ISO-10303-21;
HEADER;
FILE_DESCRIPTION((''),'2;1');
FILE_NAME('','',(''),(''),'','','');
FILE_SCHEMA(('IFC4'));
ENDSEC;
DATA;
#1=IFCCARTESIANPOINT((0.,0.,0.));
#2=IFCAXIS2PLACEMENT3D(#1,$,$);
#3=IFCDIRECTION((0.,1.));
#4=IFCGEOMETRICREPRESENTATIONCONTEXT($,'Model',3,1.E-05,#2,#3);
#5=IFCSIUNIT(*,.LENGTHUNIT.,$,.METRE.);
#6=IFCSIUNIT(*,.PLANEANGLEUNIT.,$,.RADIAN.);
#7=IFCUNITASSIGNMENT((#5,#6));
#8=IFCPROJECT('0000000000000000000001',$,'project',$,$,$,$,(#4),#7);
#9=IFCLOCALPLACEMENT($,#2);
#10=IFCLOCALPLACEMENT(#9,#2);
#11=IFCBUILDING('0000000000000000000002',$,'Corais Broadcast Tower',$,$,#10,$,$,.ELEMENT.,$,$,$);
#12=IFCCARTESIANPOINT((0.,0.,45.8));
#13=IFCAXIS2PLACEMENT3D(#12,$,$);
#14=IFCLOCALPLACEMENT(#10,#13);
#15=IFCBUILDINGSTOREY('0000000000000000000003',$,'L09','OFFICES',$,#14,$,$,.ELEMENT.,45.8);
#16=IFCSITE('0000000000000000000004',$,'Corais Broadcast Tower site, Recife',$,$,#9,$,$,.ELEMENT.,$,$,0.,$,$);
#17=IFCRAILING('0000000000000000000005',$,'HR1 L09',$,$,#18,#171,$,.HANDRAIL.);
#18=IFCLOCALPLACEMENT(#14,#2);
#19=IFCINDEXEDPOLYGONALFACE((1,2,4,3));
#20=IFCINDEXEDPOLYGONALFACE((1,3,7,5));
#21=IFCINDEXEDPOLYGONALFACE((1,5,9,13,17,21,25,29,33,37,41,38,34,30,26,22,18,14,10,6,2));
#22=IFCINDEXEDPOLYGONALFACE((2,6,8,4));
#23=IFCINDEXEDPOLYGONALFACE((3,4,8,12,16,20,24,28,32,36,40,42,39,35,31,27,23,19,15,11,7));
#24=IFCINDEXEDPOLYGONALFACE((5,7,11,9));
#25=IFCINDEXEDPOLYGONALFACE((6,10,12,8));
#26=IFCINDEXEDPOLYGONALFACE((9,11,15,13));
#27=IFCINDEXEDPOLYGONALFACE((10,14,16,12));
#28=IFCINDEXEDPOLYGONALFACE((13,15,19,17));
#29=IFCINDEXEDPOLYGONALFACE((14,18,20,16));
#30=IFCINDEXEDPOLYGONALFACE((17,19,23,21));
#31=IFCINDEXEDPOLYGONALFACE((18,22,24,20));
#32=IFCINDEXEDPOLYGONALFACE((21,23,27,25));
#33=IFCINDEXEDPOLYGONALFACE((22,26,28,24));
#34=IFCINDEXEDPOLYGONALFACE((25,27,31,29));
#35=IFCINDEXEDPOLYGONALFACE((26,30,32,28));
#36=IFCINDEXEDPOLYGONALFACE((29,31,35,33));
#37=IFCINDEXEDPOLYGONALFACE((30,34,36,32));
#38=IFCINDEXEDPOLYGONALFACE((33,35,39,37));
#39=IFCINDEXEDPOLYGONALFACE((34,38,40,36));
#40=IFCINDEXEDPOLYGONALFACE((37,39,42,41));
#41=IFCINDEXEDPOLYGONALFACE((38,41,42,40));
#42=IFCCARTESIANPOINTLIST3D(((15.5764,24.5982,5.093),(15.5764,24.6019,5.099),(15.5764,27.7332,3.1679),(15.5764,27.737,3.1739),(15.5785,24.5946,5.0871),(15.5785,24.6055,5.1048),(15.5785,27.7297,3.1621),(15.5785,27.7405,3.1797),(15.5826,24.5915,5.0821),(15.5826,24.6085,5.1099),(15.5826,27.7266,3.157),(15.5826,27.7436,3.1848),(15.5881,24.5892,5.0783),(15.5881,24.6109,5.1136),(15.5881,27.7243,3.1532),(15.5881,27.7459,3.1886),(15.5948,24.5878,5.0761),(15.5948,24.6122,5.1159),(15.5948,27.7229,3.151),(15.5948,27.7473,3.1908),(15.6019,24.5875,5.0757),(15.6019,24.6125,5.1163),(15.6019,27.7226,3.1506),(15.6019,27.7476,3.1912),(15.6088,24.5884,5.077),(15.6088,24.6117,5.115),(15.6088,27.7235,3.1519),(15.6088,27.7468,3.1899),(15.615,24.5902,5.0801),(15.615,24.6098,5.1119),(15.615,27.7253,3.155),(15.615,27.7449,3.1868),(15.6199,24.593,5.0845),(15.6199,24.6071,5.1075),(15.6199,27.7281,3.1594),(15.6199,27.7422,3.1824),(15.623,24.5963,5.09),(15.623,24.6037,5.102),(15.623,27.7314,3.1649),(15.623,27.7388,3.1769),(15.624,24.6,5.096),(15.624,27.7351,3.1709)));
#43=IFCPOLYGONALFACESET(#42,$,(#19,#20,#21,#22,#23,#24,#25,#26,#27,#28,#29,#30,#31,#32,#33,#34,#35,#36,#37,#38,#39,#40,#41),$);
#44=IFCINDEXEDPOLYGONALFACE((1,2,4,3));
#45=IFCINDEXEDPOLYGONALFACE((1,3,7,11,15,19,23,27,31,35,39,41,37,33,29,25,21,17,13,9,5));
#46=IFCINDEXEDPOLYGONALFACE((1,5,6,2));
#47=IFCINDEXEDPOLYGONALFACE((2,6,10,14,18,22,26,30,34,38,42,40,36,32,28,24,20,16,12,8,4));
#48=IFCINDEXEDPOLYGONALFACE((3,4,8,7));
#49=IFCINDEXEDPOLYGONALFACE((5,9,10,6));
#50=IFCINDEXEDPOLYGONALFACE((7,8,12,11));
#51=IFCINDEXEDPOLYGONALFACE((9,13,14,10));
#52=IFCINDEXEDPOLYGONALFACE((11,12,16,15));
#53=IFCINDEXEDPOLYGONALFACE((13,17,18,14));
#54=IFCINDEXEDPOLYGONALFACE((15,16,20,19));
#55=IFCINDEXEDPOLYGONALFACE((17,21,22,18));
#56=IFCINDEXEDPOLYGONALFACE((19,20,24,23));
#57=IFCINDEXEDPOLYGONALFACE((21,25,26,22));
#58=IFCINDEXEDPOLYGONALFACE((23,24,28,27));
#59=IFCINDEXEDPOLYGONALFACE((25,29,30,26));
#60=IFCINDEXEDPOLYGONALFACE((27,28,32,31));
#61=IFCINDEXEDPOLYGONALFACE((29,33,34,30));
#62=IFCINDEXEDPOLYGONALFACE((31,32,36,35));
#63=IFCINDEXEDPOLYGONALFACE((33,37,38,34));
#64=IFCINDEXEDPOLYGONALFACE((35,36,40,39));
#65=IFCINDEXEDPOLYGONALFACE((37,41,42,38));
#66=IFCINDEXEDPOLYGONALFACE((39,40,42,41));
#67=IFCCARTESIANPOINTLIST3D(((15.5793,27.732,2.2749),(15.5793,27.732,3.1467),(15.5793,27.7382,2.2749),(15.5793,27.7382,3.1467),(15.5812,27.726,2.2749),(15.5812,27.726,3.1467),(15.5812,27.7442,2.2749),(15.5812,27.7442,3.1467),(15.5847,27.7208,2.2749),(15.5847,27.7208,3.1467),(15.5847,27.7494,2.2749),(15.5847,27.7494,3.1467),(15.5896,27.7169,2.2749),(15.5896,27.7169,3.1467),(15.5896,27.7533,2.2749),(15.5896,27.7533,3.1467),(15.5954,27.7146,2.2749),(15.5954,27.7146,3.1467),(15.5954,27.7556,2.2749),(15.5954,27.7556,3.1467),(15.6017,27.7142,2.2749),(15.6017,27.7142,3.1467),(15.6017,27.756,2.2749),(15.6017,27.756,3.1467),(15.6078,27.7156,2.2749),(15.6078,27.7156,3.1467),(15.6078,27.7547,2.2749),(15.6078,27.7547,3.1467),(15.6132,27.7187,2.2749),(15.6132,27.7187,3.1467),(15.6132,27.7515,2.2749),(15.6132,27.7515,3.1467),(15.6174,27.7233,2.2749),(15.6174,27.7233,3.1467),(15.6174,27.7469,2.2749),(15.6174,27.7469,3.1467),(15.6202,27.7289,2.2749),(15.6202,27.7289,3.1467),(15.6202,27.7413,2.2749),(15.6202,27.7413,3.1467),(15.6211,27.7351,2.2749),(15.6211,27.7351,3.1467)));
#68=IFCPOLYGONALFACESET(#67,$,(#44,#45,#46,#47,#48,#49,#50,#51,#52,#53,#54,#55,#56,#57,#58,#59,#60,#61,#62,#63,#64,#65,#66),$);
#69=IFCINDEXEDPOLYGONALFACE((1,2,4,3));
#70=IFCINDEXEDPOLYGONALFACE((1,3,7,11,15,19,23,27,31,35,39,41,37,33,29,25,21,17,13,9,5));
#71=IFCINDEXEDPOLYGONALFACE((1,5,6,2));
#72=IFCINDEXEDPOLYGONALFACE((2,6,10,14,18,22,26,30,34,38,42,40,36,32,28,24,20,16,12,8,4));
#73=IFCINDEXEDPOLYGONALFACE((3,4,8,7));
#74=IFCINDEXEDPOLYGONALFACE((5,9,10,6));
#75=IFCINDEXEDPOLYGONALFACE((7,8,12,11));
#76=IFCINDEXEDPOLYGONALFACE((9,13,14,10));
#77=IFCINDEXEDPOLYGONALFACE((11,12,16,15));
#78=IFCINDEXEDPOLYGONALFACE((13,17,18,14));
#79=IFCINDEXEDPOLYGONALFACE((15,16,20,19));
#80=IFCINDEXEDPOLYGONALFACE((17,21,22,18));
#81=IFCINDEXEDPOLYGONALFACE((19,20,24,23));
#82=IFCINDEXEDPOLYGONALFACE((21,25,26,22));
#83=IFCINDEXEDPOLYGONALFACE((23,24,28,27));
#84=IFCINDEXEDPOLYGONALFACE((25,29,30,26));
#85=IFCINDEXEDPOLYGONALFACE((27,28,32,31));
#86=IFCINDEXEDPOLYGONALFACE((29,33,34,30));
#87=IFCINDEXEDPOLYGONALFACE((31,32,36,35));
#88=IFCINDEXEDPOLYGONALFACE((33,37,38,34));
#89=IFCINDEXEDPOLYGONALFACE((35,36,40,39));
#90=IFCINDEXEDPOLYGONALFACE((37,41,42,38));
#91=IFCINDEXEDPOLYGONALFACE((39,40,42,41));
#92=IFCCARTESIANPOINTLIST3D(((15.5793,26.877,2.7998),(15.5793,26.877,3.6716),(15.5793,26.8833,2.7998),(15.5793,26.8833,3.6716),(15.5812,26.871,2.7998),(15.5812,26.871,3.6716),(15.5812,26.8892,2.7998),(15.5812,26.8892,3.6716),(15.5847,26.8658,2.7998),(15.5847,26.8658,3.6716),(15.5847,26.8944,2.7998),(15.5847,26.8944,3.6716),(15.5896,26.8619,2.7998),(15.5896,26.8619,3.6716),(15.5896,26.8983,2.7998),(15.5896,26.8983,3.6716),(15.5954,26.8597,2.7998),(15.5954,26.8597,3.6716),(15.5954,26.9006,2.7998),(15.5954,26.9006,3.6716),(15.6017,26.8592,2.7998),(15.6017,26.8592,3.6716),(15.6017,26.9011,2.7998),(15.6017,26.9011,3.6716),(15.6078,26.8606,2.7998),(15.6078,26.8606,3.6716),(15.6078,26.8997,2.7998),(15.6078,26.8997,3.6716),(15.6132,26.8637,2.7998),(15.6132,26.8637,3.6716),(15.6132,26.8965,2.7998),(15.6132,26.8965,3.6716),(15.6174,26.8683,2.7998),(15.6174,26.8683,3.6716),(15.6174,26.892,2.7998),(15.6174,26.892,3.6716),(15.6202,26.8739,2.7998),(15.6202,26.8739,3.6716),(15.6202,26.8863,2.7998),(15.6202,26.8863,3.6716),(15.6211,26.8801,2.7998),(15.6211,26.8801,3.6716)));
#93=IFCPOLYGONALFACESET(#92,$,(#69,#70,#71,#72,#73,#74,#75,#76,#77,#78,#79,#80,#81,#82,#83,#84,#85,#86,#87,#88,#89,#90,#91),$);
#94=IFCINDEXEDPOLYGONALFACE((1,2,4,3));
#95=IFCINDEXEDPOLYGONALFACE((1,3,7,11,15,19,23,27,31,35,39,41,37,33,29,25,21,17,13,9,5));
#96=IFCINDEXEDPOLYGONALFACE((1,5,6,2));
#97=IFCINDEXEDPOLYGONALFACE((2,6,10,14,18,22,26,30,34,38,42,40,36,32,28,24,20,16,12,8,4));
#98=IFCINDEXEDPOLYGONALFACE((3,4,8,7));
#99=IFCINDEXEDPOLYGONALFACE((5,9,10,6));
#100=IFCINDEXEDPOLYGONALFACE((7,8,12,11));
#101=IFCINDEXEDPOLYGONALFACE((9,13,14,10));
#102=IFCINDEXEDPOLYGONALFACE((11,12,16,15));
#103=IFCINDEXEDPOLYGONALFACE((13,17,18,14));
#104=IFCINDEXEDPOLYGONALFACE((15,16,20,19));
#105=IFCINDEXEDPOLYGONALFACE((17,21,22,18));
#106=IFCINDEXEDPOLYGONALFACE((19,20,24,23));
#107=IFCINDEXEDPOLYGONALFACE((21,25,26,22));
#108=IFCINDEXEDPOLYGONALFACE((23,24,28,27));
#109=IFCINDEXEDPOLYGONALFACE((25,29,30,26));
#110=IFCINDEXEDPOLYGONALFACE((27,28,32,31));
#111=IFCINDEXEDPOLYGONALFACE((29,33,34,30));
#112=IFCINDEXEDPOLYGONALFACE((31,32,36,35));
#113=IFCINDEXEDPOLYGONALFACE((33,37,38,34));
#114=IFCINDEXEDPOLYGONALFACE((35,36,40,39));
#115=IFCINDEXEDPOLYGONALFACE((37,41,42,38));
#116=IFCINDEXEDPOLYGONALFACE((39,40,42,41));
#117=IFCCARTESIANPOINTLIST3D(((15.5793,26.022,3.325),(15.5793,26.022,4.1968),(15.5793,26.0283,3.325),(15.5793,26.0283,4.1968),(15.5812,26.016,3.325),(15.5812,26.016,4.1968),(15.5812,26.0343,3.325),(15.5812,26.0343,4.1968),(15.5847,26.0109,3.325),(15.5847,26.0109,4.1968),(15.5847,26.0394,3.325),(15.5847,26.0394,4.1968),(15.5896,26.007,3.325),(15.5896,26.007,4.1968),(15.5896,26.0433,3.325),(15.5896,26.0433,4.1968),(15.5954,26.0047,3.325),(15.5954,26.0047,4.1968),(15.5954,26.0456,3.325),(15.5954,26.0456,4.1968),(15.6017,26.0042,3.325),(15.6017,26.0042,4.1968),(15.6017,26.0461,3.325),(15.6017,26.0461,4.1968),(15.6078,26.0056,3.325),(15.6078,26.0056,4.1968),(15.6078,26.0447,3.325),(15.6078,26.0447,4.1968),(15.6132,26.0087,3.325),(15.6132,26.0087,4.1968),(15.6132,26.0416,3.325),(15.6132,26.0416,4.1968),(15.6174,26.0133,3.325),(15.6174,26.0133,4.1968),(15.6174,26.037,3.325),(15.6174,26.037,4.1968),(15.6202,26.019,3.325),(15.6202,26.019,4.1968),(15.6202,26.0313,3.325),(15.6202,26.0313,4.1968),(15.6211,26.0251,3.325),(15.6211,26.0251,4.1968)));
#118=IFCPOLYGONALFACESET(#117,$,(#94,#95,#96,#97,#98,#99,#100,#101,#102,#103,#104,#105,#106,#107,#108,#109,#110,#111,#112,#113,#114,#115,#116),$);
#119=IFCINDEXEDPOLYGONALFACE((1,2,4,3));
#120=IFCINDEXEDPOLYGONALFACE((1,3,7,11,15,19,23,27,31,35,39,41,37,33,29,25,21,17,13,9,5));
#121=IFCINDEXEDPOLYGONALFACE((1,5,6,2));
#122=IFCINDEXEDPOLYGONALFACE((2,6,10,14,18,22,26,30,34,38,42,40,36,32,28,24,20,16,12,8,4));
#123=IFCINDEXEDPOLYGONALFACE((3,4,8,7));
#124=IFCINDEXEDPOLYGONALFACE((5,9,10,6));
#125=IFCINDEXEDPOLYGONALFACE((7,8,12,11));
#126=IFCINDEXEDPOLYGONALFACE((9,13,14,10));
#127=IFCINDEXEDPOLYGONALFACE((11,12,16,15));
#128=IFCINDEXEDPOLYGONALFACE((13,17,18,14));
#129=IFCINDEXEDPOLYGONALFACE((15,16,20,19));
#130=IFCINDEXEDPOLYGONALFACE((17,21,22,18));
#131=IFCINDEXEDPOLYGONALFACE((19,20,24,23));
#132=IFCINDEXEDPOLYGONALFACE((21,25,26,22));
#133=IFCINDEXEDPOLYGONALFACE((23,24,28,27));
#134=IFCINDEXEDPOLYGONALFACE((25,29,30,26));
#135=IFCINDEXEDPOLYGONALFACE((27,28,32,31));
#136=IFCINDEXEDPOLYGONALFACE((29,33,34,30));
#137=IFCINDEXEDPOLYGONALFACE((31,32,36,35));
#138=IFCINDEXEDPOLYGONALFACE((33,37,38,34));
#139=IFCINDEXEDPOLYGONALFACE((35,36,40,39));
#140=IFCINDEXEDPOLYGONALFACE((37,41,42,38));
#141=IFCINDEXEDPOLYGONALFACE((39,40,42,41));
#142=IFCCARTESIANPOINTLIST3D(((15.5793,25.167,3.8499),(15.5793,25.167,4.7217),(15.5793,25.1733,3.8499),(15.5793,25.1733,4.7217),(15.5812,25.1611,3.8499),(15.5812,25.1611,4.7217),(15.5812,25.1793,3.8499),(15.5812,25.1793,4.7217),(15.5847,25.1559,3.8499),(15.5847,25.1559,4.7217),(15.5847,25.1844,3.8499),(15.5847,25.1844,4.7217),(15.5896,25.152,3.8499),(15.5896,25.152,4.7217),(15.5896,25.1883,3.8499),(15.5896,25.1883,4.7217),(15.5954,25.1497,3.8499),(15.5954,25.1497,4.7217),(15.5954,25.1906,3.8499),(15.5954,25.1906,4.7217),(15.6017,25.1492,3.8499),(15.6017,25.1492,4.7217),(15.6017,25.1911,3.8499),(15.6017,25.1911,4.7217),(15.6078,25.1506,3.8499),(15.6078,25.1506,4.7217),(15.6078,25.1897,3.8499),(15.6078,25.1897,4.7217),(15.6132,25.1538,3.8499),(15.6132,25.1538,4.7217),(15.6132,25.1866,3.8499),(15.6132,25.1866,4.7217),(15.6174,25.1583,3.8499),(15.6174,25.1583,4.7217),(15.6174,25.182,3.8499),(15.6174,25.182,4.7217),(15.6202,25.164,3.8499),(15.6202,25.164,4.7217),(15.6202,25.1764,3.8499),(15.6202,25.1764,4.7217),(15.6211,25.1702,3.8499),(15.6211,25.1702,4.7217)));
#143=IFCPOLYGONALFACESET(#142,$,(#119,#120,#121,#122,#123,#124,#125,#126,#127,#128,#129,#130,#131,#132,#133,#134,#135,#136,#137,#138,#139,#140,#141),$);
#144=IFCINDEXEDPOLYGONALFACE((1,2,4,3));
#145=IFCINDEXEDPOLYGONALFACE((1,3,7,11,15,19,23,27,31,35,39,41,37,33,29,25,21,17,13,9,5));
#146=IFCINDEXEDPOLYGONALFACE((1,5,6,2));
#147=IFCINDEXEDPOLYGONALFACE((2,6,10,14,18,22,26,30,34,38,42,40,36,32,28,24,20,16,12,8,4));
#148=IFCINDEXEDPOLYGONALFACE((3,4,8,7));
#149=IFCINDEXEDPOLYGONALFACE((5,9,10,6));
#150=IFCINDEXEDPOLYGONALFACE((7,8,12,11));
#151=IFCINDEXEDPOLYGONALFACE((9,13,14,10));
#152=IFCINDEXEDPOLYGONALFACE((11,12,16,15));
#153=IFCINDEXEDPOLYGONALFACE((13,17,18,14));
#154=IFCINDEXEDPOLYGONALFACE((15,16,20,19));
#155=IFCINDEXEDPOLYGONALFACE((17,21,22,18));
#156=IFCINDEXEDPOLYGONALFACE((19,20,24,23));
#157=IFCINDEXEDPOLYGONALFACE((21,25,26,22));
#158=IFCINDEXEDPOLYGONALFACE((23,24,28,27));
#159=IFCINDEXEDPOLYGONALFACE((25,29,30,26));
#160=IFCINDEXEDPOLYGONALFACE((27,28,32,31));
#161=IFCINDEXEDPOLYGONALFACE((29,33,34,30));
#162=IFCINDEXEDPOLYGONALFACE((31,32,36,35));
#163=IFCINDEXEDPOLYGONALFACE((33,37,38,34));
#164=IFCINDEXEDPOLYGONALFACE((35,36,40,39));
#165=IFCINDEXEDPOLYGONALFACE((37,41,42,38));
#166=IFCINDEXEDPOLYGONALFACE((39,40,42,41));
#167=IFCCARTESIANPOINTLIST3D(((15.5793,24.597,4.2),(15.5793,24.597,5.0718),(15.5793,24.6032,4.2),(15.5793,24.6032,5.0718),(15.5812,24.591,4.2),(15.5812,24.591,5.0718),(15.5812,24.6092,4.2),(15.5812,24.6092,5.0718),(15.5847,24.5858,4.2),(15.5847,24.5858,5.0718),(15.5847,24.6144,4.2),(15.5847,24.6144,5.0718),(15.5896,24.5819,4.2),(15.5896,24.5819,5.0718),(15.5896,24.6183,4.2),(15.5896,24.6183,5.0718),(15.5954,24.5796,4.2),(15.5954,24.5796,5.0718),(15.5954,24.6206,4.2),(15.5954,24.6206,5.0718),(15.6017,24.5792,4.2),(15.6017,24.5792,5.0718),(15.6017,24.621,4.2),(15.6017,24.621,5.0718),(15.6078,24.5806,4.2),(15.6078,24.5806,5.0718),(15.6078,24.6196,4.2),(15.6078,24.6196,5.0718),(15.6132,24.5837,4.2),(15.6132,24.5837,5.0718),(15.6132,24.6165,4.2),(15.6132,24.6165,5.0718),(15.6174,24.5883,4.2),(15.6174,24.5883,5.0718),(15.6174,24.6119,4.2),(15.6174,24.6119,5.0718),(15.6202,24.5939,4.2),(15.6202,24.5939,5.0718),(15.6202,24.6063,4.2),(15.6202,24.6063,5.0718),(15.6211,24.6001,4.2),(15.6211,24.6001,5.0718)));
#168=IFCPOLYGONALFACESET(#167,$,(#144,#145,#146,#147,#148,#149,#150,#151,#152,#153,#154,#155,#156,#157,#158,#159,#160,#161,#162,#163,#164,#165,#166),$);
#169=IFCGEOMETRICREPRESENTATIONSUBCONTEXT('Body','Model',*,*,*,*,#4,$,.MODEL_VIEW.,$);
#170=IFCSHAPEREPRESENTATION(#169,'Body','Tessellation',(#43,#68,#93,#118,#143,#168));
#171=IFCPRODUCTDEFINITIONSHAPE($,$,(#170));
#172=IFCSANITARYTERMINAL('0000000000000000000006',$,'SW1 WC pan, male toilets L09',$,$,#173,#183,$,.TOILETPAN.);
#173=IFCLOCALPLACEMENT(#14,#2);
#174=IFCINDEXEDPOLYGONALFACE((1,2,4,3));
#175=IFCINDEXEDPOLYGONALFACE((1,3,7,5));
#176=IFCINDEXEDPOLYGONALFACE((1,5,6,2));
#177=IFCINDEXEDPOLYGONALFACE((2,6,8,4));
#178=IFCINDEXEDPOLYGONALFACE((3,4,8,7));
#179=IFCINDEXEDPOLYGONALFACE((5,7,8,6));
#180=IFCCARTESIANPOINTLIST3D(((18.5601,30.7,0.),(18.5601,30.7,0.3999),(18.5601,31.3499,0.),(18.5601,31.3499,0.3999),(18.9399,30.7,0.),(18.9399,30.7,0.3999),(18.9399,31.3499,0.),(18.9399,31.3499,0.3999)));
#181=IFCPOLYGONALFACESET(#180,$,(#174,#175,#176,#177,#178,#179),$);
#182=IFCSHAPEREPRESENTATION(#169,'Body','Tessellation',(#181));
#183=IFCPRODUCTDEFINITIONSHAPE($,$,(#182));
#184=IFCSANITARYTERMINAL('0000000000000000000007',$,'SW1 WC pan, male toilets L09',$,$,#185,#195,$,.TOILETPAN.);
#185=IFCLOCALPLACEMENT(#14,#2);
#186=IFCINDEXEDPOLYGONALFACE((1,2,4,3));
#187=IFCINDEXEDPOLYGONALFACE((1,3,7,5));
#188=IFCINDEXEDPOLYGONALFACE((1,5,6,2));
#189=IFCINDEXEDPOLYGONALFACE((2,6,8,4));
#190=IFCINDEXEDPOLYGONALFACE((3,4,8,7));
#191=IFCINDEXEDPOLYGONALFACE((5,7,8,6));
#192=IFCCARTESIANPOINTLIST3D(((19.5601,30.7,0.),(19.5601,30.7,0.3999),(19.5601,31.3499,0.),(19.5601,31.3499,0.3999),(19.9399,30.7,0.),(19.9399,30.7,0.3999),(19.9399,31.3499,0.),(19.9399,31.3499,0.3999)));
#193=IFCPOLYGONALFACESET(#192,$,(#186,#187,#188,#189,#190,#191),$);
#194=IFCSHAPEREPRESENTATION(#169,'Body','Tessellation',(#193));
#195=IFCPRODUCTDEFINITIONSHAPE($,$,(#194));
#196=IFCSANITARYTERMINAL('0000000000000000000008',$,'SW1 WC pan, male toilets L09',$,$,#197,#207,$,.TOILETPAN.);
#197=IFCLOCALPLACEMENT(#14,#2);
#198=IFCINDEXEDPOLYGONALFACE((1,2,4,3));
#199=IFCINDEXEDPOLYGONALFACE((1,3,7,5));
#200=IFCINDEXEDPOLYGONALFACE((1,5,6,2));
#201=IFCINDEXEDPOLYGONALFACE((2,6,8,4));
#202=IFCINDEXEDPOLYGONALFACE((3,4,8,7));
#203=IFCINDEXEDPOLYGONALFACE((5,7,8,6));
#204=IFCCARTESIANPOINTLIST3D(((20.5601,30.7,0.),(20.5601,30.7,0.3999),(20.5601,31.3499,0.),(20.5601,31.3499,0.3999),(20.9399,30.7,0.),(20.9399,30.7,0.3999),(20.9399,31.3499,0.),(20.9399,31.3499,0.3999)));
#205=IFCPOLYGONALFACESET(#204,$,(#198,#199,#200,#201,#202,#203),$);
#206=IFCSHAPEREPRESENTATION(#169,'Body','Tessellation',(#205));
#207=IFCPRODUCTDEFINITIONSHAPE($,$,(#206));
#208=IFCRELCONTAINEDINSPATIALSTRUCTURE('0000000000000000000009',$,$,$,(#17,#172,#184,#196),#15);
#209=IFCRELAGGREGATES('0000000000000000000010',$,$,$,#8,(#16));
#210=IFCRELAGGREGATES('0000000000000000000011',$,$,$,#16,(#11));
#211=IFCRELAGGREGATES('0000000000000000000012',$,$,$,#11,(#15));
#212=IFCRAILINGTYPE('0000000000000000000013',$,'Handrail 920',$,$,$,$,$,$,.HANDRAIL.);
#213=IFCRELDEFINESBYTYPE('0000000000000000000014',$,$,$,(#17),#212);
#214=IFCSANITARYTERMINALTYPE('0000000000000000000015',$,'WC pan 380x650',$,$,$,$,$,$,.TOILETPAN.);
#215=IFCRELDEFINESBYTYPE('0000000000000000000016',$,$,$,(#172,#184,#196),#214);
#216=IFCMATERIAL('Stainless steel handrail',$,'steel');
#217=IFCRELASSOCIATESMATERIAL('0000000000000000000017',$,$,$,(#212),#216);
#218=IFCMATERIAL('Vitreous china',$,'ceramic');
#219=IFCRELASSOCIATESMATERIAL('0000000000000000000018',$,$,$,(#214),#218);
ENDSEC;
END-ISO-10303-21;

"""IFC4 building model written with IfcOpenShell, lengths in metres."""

from ifc_helpers import new_model, si_unit, direction, frame, origin, origin_2d, place, context, subcontext, project, spatial, rectangle, circle, extrude, material, type_object, element, save


model = new_model("IFC4")

# Units and contexts
model_context = context("Model", 3, precision=1e-05, world=origin(), true_north=direction((0.0, 1.0)))
body_context = subcontext(model_context, "Body", "Model", "MODEL_VIEW")
ifc_project = project(units=[si_unit("LENGTHUNIT", "METRE"), si_unit("PLANEANGLEUNIT", "RADIAN")], contexts=[model_context])

# Site, building, storey
site_placement = place(None, origin())
site = spatial("IfcSite", under=ifc_project, at=site_placement, Name="Corais Broadcast Tower site, Recife", CompositionType="ELEMENT", RefElevation=0.0)
building_placement = place(site_placement, origin())
building = spatial("IfcBuilding", under=site, at=building_placement, Name="Corais Broadcast Tower", CompositionType="ELEMENT")
storey_placement = place(building_placement, frame((0.0, 0.0, 45.8)))
storey = spatial("IfcBuildingStorey", under=building, at=storey_placement, Name="L09", Description="OFFICES", CompositionType="ELEMENT", Elevation=45.8)

# Railing
ifc_material_1 = material(Name="Stainless steel handrail", Category="steel")
railing_type = type_object("IfcRailingType", Name="Handrail 920", PredefinedType="HANDRAIL", material=ifc_material_1)
for number, where, name in (
    (1, (15.6001, 27.7351, 2.2749), "HR1 L09"),
):
    element("IfcRailing", number, at=place(storey_placement, frame(where)), inside=storey, type_object=railing_type, Name=name, PredefinedType="HANDRAIL", context=body_context, shape_type="SweptSolid", body=[
        extrude(circle(Radius=0.0239, at=origin_2d()), frame((0.0, 0.0, 0.896), z_axis=(0.0, -0.852166, 0.523271), x_axis=(1.0, 0.0, 0.0)), (0.0, 0.0, 1.0), 3.679),
        extrude(circle(Radius=0.021, at=origin_2d()), origin(), (0.0, 0.0, 1.0), 0.8718),
        extrude(circle(Radius=0.021, at=origin_2d()), frame((0.0, -0.855, 0.5249)), (0.0, 0.0, 1.0), 0.8718),
        extrude(circle(Radius=0.021, at=origin_2d()), frame((0.0, -1.71, 1.05)), (0.0, 0.0, 1.0), 0.8718),
        extrude(circle(Radius=0.021, at=origin_2d()), frame((0.0, -2.5649, 1.575)), (0.0, 0.0, 1.0), 0.8718),
        extrude(circle(Radius=0.021, at=origin_2d()), frame((0.0, -3.135, 1.925)), (0.0, 0.0, 1.0), 0.8718),
    ])

# Sanitary terminals
ifc_material_2 = material(Name="Vitreous china", Category="ceramic")
sanitary_terminal_type_1 = type_object("IfcSanitaryTerminalType", Name="WC pan 380x650", PredefinedType="TOILETPAN", material=ifc_material_2)
for number, where, z_axis, x_axis, name in (
    (2, (18.75, 31.0249, 0.0), (0.0, 0.0, 1.0), (1.0, 0.0, 0.0), "SW1 WC pan, male toilets L09"),
    (3, (19.75, 31.0249, 0.0), (0.0, 0.0, 1.0), (1.0, 0.0, 0.0), "SW1 WC pan, male toilets L09"),
    (4, (20.75, 31.0249, 0.0), (0.0, 0.0, 1.0), (1.0, 0.0, 0.0), "SW1 WC pan, male toilets L09"),
):
    element("IfcSanitaryTerminal", number, at=place(storey_placement, frame(where, z_axis=z_axis, x_axis=x_axis)), inside=storey, type_object=sanitary_terminal_type_1, Name=name, PredefinedType="TOILETPAN", context=body_context, shape_type="SweptSolid", body=[
        extrude(rectangle(XDim=0.3799, YDim=0.6499, at=origin_2d()), origin(), (0.0, 0.0, 1.0), 0.3999),
    ])

save(model, "model.ifc")
